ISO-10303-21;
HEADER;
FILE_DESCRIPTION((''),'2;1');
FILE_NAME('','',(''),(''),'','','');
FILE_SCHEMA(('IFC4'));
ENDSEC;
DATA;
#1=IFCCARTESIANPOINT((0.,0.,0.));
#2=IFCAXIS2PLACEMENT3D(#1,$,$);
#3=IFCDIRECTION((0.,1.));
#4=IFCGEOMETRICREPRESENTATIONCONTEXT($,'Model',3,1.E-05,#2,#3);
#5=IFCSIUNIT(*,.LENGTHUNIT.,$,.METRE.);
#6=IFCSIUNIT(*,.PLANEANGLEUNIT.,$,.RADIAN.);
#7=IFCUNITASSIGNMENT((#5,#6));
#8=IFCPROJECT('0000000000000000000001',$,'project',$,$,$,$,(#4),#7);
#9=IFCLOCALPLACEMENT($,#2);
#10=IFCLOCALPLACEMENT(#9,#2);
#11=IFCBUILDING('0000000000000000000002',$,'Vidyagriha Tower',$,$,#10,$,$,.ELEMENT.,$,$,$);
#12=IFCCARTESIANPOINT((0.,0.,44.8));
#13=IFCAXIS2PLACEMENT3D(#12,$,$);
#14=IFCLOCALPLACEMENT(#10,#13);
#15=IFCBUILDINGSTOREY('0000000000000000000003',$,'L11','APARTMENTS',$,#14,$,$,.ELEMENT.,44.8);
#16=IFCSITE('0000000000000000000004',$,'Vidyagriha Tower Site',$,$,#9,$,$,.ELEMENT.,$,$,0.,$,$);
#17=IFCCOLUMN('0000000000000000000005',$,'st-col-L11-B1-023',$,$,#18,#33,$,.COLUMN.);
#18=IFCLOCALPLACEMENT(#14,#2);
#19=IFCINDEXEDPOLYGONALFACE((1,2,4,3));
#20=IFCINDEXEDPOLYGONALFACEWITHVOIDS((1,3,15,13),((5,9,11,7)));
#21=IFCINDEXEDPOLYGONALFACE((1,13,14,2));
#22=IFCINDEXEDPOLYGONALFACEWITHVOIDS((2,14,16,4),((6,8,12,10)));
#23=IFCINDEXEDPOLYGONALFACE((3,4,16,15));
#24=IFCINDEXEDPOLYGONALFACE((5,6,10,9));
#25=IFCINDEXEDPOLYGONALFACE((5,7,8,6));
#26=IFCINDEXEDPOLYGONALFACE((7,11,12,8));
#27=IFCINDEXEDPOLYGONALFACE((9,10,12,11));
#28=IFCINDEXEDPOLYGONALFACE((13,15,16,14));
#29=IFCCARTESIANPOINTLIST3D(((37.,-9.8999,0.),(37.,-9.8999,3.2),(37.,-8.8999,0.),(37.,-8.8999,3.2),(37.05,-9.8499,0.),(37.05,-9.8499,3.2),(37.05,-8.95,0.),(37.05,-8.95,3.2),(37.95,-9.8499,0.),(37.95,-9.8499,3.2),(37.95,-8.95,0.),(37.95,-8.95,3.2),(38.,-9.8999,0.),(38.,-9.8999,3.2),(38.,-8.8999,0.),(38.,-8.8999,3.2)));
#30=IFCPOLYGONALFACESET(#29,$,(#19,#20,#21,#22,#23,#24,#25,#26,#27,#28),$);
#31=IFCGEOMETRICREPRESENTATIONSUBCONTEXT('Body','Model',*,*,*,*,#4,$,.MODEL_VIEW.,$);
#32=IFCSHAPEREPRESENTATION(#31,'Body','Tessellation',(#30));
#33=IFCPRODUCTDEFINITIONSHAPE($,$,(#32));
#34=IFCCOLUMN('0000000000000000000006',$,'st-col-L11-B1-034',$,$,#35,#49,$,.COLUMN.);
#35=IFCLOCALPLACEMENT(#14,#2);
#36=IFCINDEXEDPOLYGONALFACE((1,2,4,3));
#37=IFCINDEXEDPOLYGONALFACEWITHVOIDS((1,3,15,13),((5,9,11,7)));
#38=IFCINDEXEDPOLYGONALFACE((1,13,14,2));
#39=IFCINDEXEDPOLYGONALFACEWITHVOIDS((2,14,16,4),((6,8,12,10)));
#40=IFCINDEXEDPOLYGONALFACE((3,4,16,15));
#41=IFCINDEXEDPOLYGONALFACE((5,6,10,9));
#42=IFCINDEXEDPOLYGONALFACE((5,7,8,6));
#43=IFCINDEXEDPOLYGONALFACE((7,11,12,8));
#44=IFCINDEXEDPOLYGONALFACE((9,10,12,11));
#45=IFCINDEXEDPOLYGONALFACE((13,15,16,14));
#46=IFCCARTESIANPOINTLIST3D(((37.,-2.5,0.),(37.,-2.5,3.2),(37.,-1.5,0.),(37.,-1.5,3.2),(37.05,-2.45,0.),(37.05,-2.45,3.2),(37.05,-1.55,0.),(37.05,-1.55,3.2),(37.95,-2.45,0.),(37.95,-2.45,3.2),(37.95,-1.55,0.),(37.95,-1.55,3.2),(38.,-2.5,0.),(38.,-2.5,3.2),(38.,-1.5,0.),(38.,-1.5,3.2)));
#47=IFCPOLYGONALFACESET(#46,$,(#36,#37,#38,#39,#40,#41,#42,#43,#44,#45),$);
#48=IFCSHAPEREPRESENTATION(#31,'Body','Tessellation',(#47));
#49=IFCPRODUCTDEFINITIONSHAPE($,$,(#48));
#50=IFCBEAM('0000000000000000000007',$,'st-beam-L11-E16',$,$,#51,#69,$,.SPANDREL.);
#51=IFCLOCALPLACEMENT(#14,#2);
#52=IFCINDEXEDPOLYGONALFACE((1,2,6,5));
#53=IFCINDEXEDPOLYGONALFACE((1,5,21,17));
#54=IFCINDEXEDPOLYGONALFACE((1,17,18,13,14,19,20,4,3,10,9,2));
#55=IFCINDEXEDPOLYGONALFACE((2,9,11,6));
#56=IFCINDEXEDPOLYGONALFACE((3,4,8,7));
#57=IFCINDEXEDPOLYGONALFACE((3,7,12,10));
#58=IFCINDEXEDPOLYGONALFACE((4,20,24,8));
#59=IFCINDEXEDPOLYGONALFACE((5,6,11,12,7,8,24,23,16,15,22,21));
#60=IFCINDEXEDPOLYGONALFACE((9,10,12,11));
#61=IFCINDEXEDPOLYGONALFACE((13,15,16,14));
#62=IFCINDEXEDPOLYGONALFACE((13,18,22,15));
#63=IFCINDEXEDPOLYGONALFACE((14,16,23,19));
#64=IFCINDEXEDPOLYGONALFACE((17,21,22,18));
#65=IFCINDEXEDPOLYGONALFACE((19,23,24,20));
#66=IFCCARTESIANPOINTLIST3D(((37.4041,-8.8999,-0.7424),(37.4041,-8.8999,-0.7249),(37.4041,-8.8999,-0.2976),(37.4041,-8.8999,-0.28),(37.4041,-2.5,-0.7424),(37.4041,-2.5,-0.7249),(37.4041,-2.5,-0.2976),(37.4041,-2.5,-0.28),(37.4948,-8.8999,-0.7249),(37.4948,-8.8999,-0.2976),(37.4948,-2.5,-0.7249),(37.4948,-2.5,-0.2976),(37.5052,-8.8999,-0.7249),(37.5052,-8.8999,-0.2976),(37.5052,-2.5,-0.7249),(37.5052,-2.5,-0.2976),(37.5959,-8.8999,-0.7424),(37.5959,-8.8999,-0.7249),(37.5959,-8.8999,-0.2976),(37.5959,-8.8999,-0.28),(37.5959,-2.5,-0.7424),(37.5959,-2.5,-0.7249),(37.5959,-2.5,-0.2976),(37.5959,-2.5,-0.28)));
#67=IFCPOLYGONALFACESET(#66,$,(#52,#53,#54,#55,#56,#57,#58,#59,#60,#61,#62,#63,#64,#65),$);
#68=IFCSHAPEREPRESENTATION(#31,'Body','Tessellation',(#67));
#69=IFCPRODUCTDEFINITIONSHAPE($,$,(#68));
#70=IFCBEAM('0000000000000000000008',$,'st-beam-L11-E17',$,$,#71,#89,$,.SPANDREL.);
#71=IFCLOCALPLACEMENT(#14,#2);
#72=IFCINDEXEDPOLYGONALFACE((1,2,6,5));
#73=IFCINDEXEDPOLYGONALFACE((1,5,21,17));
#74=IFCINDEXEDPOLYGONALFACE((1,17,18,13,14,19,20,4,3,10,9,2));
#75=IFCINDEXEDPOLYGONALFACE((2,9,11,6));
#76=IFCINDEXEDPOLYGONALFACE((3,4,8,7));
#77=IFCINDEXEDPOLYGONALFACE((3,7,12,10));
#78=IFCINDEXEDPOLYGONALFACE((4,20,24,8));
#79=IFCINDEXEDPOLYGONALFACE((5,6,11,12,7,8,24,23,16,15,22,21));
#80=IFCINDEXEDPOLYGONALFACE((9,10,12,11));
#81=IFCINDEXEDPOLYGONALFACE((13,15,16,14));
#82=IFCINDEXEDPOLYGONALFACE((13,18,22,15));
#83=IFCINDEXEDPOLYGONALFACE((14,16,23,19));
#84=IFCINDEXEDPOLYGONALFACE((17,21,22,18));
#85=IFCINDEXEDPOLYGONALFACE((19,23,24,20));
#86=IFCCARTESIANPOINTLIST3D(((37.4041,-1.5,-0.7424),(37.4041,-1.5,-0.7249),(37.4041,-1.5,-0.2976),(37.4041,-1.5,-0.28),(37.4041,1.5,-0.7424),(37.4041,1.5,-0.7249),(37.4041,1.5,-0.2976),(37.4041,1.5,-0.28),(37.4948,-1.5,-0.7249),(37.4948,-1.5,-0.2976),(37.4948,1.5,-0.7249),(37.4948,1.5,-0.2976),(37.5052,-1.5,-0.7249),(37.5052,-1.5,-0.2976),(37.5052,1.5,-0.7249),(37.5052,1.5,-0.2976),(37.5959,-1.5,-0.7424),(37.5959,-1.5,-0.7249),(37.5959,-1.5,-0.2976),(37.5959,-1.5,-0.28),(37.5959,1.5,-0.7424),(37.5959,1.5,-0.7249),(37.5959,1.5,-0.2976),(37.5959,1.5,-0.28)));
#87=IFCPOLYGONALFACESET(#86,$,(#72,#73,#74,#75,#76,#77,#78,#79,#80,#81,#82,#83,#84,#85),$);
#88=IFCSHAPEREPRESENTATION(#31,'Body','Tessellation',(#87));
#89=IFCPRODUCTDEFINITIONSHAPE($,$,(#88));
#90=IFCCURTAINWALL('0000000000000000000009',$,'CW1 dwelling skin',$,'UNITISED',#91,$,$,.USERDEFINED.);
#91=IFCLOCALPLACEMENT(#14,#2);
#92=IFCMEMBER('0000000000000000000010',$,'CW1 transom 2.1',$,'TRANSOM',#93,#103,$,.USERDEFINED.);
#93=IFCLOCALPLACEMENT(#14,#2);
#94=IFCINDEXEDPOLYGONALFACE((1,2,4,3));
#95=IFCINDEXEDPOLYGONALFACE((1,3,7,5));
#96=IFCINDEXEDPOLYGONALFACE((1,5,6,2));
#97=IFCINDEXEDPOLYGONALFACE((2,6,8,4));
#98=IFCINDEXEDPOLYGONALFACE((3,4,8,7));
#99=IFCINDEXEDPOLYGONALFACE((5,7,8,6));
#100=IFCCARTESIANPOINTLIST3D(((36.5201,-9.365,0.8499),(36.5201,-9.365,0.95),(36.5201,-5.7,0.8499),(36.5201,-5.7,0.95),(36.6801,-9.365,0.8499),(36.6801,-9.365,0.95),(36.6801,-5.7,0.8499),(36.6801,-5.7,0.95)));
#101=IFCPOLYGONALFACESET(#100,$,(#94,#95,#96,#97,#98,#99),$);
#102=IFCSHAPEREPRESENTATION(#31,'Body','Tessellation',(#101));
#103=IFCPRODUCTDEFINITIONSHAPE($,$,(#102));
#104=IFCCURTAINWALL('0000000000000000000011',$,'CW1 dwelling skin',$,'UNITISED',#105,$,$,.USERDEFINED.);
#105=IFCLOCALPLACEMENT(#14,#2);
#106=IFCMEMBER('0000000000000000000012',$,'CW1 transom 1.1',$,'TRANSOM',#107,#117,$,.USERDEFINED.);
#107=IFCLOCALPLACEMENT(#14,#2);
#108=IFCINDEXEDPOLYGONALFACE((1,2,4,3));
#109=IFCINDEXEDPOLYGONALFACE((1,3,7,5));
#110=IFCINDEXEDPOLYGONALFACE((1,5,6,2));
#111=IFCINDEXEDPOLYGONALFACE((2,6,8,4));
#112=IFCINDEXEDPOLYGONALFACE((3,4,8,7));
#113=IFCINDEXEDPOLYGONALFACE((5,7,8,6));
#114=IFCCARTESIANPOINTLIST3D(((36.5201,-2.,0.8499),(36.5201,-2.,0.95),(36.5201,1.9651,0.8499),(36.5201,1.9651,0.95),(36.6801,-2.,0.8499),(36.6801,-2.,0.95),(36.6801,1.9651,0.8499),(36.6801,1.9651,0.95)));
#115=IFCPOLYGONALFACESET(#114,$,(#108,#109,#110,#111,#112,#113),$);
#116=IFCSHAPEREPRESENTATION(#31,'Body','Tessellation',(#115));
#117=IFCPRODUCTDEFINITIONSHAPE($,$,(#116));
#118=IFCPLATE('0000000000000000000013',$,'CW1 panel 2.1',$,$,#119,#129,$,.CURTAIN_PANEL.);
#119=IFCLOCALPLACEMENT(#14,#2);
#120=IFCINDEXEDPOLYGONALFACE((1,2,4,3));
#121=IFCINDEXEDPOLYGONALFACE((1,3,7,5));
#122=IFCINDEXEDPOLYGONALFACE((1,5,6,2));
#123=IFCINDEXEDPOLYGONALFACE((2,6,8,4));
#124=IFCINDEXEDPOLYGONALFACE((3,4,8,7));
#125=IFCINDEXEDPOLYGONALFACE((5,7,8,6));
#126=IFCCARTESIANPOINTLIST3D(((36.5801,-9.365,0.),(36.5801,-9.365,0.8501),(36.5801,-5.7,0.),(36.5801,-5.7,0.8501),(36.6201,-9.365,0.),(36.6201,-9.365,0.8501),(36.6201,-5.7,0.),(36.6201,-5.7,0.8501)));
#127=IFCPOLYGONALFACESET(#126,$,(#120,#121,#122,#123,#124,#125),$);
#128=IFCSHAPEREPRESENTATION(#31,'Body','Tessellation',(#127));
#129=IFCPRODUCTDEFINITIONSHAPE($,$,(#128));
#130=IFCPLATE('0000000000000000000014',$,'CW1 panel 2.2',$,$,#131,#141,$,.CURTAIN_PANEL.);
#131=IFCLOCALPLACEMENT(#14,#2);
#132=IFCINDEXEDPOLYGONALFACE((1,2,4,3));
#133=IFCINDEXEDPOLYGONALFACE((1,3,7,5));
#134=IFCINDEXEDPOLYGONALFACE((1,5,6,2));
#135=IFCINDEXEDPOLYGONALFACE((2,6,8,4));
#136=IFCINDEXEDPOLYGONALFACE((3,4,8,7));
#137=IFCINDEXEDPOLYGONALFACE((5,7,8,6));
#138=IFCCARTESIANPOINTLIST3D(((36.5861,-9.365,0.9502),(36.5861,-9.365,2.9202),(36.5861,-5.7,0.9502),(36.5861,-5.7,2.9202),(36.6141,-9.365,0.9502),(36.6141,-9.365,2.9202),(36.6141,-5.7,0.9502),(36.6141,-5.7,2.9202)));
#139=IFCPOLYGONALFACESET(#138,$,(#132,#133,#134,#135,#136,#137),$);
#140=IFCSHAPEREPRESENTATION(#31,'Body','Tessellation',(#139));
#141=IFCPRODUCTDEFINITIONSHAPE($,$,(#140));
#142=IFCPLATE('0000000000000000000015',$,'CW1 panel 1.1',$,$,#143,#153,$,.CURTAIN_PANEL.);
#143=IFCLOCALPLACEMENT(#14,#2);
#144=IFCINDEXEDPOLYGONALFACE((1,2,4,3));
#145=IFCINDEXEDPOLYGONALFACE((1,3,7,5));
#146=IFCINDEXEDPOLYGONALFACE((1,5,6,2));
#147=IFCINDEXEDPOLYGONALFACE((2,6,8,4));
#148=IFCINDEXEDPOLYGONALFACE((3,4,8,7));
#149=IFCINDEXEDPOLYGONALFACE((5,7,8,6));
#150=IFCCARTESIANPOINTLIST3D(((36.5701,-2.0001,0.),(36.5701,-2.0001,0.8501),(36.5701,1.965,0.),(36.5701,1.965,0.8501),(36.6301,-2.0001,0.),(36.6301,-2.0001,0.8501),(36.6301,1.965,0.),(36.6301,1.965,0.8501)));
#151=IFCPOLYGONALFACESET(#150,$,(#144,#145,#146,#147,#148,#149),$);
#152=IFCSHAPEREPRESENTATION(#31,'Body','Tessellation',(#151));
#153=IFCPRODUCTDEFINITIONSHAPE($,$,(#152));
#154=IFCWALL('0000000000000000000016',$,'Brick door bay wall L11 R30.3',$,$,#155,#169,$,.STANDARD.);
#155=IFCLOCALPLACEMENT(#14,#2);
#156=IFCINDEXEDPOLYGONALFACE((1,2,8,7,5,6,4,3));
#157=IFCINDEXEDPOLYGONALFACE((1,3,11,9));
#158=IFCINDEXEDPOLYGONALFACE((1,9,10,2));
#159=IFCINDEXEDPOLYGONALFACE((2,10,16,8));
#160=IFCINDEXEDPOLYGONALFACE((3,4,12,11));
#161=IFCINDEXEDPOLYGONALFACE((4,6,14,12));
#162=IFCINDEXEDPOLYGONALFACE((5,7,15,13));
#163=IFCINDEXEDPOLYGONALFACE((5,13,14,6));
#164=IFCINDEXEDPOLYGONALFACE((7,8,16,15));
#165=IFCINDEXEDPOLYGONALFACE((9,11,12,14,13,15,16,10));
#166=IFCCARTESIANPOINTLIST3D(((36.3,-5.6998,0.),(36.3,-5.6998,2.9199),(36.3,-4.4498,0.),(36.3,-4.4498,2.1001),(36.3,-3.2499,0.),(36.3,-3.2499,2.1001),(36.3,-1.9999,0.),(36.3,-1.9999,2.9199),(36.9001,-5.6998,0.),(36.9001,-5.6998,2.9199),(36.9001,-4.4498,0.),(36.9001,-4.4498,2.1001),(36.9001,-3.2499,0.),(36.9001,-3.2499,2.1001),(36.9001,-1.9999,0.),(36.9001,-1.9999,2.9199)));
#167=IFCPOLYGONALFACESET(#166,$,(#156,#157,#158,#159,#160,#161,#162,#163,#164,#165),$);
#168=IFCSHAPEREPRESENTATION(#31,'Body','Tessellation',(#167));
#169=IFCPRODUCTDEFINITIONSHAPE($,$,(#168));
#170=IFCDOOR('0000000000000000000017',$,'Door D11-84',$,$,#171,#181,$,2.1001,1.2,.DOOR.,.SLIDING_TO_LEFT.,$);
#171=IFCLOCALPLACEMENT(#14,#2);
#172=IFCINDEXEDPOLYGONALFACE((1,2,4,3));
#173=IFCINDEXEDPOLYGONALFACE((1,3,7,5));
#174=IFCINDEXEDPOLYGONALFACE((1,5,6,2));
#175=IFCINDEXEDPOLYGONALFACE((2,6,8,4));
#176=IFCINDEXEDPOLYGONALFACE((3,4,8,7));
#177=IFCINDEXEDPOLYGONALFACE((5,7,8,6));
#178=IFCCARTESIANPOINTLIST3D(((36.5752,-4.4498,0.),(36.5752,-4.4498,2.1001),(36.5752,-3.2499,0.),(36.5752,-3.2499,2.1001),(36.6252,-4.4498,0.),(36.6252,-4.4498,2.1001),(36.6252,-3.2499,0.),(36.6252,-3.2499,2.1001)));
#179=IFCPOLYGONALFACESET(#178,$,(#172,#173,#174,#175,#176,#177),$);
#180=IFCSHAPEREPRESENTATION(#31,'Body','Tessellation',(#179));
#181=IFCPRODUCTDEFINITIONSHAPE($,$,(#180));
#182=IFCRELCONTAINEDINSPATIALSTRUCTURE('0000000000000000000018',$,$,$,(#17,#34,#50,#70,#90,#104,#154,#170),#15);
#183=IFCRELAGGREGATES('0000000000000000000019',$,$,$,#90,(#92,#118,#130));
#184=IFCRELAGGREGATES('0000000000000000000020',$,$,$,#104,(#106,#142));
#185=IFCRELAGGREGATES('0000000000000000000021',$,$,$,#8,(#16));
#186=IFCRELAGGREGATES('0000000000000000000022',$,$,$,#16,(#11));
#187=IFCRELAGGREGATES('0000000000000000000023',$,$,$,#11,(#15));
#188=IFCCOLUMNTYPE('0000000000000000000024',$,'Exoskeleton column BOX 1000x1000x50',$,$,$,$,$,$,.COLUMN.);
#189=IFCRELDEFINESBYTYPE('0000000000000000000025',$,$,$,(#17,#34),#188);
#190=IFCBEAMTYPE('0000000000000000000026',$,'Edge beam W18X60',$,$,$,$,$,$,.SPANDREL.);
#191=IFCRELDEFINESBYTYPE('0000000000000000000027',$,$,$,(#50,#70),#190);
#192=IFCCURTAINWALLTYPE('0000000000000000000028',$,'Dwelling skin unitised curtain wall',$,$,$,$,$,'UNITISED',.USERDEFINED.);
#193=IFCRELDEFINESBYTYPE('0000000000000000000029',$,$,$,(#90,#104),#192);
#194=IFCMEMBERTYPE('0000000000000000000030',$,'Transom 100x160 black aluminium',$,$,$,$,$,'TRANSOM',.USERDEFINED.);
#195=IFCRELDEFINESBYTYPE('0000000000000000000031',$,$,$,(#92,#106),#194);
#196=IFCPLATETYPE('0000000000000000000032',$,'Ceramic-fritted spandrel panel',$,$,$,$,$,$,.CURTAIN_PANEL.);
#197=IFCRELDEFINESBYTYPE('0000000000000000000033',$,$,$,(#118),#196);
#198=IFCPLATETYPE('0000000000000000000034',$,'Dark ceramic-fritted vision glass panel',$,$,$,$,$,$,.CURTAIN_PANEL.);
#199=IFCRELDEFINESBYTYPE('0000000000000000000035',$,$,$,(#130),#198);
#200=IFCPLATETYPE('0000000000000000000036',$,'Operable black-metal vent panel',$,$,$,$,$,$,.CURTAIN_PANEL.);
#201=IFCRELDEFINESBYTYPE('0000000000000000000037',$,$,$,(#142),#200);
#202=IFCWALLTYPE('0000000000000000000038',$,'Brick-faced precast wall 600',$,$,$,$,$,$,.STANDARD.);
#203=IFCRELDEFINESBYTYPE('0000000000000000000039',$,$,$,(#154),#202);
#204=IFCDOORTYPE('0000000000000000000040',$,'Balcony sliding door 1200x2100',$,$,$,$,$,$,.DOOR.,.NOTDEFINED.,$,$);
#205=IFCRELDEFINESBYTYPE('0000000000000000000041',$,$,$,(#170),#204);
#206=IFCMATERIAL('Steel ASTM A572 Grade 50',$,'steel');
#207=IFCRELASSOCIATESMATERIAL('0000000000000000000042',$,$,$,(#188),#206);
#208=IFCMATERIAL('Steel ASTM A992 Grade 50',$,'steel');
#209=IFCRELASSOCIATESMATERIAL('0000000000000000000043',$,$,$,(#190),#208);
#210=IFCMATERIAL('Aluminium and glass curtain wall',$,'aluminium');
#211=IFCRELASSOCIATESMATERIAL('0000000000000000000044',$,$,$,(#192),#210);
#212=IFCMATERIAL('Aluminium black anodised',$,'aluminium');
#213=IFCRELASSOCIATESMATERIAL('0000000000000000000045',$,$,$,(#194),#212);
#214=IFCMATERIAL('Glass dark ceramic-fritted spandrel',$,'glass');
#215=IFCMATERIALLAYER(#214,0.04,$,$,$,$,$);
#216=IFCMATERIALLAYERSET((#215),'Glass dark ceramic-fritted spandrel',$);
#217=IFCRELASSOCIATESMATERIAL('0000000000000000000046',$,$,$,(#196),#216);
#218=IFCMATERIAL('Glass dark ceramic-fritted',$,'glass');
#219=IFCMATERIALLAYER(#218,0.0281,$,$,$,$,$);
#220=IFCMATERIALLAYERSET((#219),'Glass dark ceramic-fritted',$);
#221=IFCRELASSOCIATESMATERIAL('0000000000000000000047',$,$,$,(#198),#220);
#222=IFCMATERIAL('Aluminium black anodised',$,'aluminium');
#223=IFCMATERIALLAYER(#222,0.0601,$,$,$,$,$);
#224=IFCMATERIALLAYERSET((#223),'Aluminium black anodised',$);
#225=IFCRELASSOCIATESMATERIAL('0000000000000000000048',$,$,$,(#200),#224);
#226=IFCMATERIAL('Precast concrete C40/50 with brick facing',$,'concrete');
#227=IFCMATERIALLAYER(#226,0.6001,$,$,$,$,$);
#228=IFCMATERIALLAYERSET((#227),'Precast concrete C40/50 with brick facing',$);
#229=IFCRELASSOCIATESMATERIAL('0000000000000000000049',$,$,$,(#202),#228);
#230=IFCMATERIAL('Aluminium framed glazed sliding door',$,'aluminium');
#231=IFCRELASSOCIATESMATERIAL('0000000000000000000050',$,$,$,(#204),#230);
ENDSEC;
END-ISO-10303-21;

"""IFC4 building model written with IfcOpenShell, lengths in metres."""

from ifc_helpers import new_model, si_unit, direction, frame, frame_2d, origin, origin_2d, place, context, subcontext, project, spatial, rectangle, hollow_rectangle, i_section, extrude, material, layer, layer_set, material_profile, profile_set, type_object, element, fill, aggregate, save


model = new_model("IFC4")

# Units and contexts
model_context = context("Model", 3, precision=1e-05, world=origin(), true_north=direction((0.0, 1.0)))
body_context = subcontext(model_context, "Body", "Model", "MODEL_VIEW")
ifc_project = project(units=[si_unit("LENGTHUNIT", "METRE"), si_unit("PLANEANGLEUNIT", "RADIAN")], contexts=[model_context])

# Site, building, storey
site_placement = place(None, origin())
site = spatial("IfcSite", under=ifc_project, at=site_placement, Name="Vidyagriha Tower Site", CompositionType="ELEMENT", RefElevation=0.0)
building_placement = place(site_placement, origin())
building = spatial("IfcBuilding", under=site, at=building_placement, Name="Vidyagriha Tower", CompositionType="ELEMENT")
storey_placement = place(building_placement, frame((0.0, 0.0, 44.8)))
storey = spatial("IfcBuildingStorey", under=building, at=storey_placement, Name="L11", Description="APARTMENTS", CompositionType="ELEMENT", Elevation=44.8)

# Columns
ifc_material_1 = material(Name="Steel ASTM A572 Grade 50", Category="steel")
ifc_material_profile_1 = material_profile(ifc_material_1, hollow_rectangle(XDim=1.0, YDim=1.0, WallThickness=0.05, at=origin_2d()), Name="BOX 1000x1000x50")
ifc_profile_set_1 = profile_set([ifc_material_profile_1], Name="Steel ASTM A572 Grade 50")
column_type = type_object("IfcColumnType", Name="Exoskeleton column BOX 1000x1000x50", PredefinedType="COLUMN", material=ifc_profile_set_1)
for number, where, name in (
    (1, (37.5, -9.3999, 0.0), "st-col-L11-B1-023"),
    (2, (37.5, -2.0, 0.0), "st-col-L11-B1-034"),
):
    element("IfcColumn", number, at=place(storey_placement, frame(where)), inside=storey, type_object=column_type, Name=name, PredefinedType="COLUMN", context=body_context, shape_type="SweptSolid", body=[
        extrude(hollow_rectangle(XDim=1.0, YDim=1.0, WallThickness=0.05, at=origin_2d()), origin(), (0.0, 0.0, 1.0), 3.2),
    ])

# Beams
ifc_material_2 = material(Name="Steel ASTM A992 Grade 50", Category="steel")
ifc_material_profile_2 = material_profile(ifc_material_2, i_section(OverallWidth=0.1919, OverallDepth=0.4624, WebThickness=0.0105, FlangeThickness=0.0176, at=origin_2d()), Name="W18X60")
ifc_profile_set_2 = profile_set([ifc_material_profile_2], Name="Steel ASTM A992 Grade 50")
beam_type = type_object("IfcBeamType", Name="Edge beam W18X60", PredefinedType="SPANDREL", material=ifc_profile_set_2)
beam_1_placement = place(storey_placement, frame((37.5, -8.8999, -0.5112), z_axis=(0.0, 1.0, 0.0), x_axis=(-1.0, 0.0, 0.0)))
element("IfcBeam", 3, at=beam_1_placement, inside=storey, type_object=beam_type, Name="st-beam-L11-E16", PredefinedType="SPANDREL", context=body_context, shape_type="SweptSolid", body=[
    extrude(i_section(OverallWidth=0.1919, OverallDepth=0.4624, WebThickness=0.0105, FlangeThickness=0.0176, at=origin_2d()), origin(), (0.0, 0.0, 1.0), 6.3999),
])
beam_2_placement = place(storey_placement, frame((37.5, -1.5, -0.5112), z_axis=(0.0, 1.0, 0.0), x_axis=(-1.0, 0.0, 0.0)))
element("IfcBeam", 4, at=beam_2_placement, inside=storey, type_object=beam_type, Name="st-beam-L11-E17", PredefinedType="SPANDREL", context=body_context, shape_type="SweptSolid", body=[
    extrude(i_section(OverallWidth=0.1919, OverallDepth=0.4624, WebThickness=0.0105, FlangeThickness=0.0176, at=origin_2d()), origin(), (0.0, 0.0, 1.0), 3.0),
])

# Curtain walls, members
ifc_material_3 = material(Name="Aluminium and glass curtain wall", Category="aluminium")
curtain_wall_type = type_object("IfcCurtainWallType", Name="Dwelling skin unitised curtain wall", ElementType="UNITISED", PredefinedType="USERDEFINED", material=ifc_material_3)
curtain_wall_1_placement = place(storey_placement, origin())
curtain_wall_1 = element("IfcCurtainWall", 5, at=curtain_wall_1_placement, inside=storey, type_object=curtain_wall_type, Name="CW1 dwelling skin", ObjectType="UNITISED", PredefinedType="USERDEFINED")
ifc_material_4 = material(Name="Aluminium black anodised", Category="aluminium")
ifc_material_profile_3 = material_profile(ifc_material_4, rectangle(XDim=0.1599, YDim=0.1001, at=origin_2d()), Name="Transom 100x160 black aluminium")
ifc_profile_set_3 = profile_set([ifc_material_profile_3], Name="Aluminium black anodised")
member_type = type_object("IfcMemberType", Name="Transom 100x160 black aluminium", ElementType="TRANSOM", PredefinedType="USERDEFINED", material=ifc_profile_set_3)
member_1_placement = place(storey_placement, frame((36.6001, -9.365, 0.8999), z_axis=(0.0, 1.0, 0.0), x_axis=(-1.0, 0.0, 0.0)))
member_1 = element("IfcMember", 6, at=member_1_placement, type_object=member_type, Name="CW1 transom 2.1", ObjectType="TRANSOM", PredefinedType="USERDEFINED", context=body_context, shape_type="SweptSolid", body=[
    extrude(rectangle(XDim=0.1599, YDim=0.1001, at=origin_2d()), origin(), (0.0, 0.0, 1.0), 3.665),
])
curtain_wall_2_placement = place(storey_placement, origin())
curtain_wall_2 = element("IfcCurtainWall", 7, at=curtain_wall_2_placement, inside=storey, type_object=curtain_wall_type, Name="CW1 dwelling skin", ObjectType="UNITISED", PredefinedType="USERDEFINED")
member_2_placement = place(storey_placement, frame((36.6001, -2.0, 0.8999), z_axis=(0.0, 1.0, 0.0), x_axis=(-1.0, 0.0, 0.0)))
member_2 = element("IfcMember", 8, at=member_2_placement, type_object=member_type, Name="CW1 transom 1.1", ObjectType="TRANSOM", PredefinedType="USERDEFINED", context=body_context, shape_type="SweptSolid", body=[
    extrude(rectangle(XDim=0.1599, YDim=0.1001, at=origin_2d()), origin(), (0.0, 0.0, 1.0), 3.9651),
])

# Plates
ifc_material_5 = material(Name="Glass dark ceramic-fritted spandrel", Category="glass")
ifc_layer_1 = layer(ifc_material_5, 0.04)
ifc_layer_set_1 = layer_set([ifc_layer_1], Name="Glass dark ceramic-fritted spandrel")
plate_type_1 = type_object("IfcPlateType", Name="Ceramic-fritted spandrel panel", PredefinedType="CURTAIN_PANEL", material=ifc_layer_set_1)
plate_1_placement = place(storey_placement, frame((36.6001, -7.5325, 0.0), z_axis=(0.0, 0.0, 1.0), x_axis=(0.0, 1.0, 0.0)))
plate_1 = element("IfcPlate", 9, at=plate_1_placement, type_object=plate_type_1, Name="CW1 panel 2.1", PredefinedType="CURTAIN_PANEL", context=body_context, shape_type="SweptSolid", body=[
    extrude(rectangle(XDim=3.665, YDim=0.04, at=origin_2d()), origin(), (0.0, 0.0, 1.0), 0.8501),
])
ifc_material_6 = material(Name="Glass dark ceramic-fritted", Category="glass")
ifc_layer_2 = layer(ifc_material_6, 0.0281)
ifc_layer_set_2 = layer_set([ifc_layer_2], Name="Glass dark ceramic-fritted")
plate_type_2 = type_object("IfcPlateType", Name="Dark ceramic-fritted vision glass panel", PredefinedType="CURTAIN_PANEL", material=ifc_layer_set_2)
plate_2_placement = place(storey_placement, frame((36.6001, -7.5325, 0.9502), z_axis=(0.0, 0.0, 1.0), x_axis=(0.0, 1.0, 0.0)))
plate_2 = element("IfcPlate", 10, at=plate_2_placement, type_object=plate_type_2, Name="CW1 panel 2.2", PredefinedType="CURTAIN_PANEL", context=body_context, shape_type="SweptSolid", body=[
    extrude(rectangle(XDim=3.665, YDim=0.0281, at=origin_2d()), origin(), (0.0, 0.0, 1.0), 1.97),
])
aggregate(curtain_wall_1, [member_1, plate_1, plate_2])
ifc_material_7 = material(Name="Aluminium black anodised", Category="aluminium")
ifc_layer_3 = layer(ifc_material_7, 0.0601)
ifc_layer_set_3 = layer_set([ifc_layer_3], Name="Aluminium black anodised")
plate_type_3 = type_object("IfcPlateType", Name="Operable black-metal vent panel", PredefinedType="CURTAIN_PANEL", material=ifc_layer_set_3)
plate_3_placement = place(storey_placement, frame((36.6001, -0.0176, 0.0), z_axis=(0.0, 0.0, 1.0), x_axis=(0.0, 1.0, 0.0)))
plate_3 = element("IfcPlate", 11, at=plate_3_placement, type_object=plate_type_3, Name="CW1 panel 1.1", PredefinedType="CURTAIN_PANEL", context=body_context, shape_type="SweptSolid", body=[
    extrude(rectangle(XDim=3.9651, YDim=0.0601, at=origin_2d()), origin(), (0.0, 0.0, 1.0), 0.8501),
])
aggregate(curtain_wall_2, [member_2, plate_3])

# Wall, opening, door
ifc_material_8 = material(Name="Precast concrete C40/50 with brick facing", Category="concrete")
ifc_layer_4 = layer(ifc_material_8, 0.6001)
ifc_layer_set_4 = layer_set([ifc_layer_4], Name="Precast concrete C40/50 with brick facing")
wall_type = type_object("IfcWallType", Name="Brick-faced precast wall 600", PredefinedType="STANDARD", material=ifc_layer_set_4)
wall_placement = place(storey_placement, frame((36.6001, -5.7, 0.0), z_axis=(0.0, 0.0, 1.0), x_axis=(0.0, 1.0, 0.0)))
wall = element("IfcWall", 12, at=wall_placement, inside=storey, type_object=wall_type, Name="Brick door bay wall L11 R30.3", PredefinedType="STANDARD", context=body_context, shape_type="SweptSolid", body=[
    extrude(rectangle(XDim=3.7, YDim=0.6001, at=frame_2d((1.8501, 0.0))), origin(), (0.0, 0.0, 1.0), 2.9199),
])
opening_placement = place(wall_placement, frame((1.25, 0.0, 0.0)))
opening = element("IfcOpeningElement", 13, at=opening_placement, cuts=wall, PredefinedType="OPENING", context=body_context, shape_type="SweptSolid", body=[
    extrude(rectangle(XDim=1.2, YDim=2.1001, at=frame_2d((0.6001, 1.05))), frame((0.0, 0.3101, 0.0), z_axis=(0.0, -1.0, 0.0), x_axis=(1.0, 0.0, 0.0)), (0.0, 0.0, 1.0), 0.6201),
])
ifc_material_9 = material(Name="Aluminium framed glazed sliding door", Category="aluminium")
door_type = type_object("IfcDoorType", Name="Balcony sliding door 1200x2100", OperationType="NOTDEFINED", PredefinedType="DOOR", material=ifc_material_9)
door_placement = place(opening_placement, origin())
door = element("IfcDoor", 14, at=door_placement, inside=storey, type_object=door_type, Name="Door D11-84", OperationType="SLIDING_TO_LEFT", OverallHeight=2.1001, OverallWidth=1.2, PredefinedType="DOOR", context=body_context, shape_type="SweptSolid", body=[
    extrude(rectangle(XDim=1.2, YDim=2.1001, at=frame_2d((0.6001, 1.05))), frame((0.0, 0.0249, 0.0), z_axis=(0.0, -1.0, 0.0), x_axis=(1.0, 0.0, 0.0)), (0.0, 0.0, 1.0), 0.05),
])
fill(opening, door)

save(model, "model.ifc")
